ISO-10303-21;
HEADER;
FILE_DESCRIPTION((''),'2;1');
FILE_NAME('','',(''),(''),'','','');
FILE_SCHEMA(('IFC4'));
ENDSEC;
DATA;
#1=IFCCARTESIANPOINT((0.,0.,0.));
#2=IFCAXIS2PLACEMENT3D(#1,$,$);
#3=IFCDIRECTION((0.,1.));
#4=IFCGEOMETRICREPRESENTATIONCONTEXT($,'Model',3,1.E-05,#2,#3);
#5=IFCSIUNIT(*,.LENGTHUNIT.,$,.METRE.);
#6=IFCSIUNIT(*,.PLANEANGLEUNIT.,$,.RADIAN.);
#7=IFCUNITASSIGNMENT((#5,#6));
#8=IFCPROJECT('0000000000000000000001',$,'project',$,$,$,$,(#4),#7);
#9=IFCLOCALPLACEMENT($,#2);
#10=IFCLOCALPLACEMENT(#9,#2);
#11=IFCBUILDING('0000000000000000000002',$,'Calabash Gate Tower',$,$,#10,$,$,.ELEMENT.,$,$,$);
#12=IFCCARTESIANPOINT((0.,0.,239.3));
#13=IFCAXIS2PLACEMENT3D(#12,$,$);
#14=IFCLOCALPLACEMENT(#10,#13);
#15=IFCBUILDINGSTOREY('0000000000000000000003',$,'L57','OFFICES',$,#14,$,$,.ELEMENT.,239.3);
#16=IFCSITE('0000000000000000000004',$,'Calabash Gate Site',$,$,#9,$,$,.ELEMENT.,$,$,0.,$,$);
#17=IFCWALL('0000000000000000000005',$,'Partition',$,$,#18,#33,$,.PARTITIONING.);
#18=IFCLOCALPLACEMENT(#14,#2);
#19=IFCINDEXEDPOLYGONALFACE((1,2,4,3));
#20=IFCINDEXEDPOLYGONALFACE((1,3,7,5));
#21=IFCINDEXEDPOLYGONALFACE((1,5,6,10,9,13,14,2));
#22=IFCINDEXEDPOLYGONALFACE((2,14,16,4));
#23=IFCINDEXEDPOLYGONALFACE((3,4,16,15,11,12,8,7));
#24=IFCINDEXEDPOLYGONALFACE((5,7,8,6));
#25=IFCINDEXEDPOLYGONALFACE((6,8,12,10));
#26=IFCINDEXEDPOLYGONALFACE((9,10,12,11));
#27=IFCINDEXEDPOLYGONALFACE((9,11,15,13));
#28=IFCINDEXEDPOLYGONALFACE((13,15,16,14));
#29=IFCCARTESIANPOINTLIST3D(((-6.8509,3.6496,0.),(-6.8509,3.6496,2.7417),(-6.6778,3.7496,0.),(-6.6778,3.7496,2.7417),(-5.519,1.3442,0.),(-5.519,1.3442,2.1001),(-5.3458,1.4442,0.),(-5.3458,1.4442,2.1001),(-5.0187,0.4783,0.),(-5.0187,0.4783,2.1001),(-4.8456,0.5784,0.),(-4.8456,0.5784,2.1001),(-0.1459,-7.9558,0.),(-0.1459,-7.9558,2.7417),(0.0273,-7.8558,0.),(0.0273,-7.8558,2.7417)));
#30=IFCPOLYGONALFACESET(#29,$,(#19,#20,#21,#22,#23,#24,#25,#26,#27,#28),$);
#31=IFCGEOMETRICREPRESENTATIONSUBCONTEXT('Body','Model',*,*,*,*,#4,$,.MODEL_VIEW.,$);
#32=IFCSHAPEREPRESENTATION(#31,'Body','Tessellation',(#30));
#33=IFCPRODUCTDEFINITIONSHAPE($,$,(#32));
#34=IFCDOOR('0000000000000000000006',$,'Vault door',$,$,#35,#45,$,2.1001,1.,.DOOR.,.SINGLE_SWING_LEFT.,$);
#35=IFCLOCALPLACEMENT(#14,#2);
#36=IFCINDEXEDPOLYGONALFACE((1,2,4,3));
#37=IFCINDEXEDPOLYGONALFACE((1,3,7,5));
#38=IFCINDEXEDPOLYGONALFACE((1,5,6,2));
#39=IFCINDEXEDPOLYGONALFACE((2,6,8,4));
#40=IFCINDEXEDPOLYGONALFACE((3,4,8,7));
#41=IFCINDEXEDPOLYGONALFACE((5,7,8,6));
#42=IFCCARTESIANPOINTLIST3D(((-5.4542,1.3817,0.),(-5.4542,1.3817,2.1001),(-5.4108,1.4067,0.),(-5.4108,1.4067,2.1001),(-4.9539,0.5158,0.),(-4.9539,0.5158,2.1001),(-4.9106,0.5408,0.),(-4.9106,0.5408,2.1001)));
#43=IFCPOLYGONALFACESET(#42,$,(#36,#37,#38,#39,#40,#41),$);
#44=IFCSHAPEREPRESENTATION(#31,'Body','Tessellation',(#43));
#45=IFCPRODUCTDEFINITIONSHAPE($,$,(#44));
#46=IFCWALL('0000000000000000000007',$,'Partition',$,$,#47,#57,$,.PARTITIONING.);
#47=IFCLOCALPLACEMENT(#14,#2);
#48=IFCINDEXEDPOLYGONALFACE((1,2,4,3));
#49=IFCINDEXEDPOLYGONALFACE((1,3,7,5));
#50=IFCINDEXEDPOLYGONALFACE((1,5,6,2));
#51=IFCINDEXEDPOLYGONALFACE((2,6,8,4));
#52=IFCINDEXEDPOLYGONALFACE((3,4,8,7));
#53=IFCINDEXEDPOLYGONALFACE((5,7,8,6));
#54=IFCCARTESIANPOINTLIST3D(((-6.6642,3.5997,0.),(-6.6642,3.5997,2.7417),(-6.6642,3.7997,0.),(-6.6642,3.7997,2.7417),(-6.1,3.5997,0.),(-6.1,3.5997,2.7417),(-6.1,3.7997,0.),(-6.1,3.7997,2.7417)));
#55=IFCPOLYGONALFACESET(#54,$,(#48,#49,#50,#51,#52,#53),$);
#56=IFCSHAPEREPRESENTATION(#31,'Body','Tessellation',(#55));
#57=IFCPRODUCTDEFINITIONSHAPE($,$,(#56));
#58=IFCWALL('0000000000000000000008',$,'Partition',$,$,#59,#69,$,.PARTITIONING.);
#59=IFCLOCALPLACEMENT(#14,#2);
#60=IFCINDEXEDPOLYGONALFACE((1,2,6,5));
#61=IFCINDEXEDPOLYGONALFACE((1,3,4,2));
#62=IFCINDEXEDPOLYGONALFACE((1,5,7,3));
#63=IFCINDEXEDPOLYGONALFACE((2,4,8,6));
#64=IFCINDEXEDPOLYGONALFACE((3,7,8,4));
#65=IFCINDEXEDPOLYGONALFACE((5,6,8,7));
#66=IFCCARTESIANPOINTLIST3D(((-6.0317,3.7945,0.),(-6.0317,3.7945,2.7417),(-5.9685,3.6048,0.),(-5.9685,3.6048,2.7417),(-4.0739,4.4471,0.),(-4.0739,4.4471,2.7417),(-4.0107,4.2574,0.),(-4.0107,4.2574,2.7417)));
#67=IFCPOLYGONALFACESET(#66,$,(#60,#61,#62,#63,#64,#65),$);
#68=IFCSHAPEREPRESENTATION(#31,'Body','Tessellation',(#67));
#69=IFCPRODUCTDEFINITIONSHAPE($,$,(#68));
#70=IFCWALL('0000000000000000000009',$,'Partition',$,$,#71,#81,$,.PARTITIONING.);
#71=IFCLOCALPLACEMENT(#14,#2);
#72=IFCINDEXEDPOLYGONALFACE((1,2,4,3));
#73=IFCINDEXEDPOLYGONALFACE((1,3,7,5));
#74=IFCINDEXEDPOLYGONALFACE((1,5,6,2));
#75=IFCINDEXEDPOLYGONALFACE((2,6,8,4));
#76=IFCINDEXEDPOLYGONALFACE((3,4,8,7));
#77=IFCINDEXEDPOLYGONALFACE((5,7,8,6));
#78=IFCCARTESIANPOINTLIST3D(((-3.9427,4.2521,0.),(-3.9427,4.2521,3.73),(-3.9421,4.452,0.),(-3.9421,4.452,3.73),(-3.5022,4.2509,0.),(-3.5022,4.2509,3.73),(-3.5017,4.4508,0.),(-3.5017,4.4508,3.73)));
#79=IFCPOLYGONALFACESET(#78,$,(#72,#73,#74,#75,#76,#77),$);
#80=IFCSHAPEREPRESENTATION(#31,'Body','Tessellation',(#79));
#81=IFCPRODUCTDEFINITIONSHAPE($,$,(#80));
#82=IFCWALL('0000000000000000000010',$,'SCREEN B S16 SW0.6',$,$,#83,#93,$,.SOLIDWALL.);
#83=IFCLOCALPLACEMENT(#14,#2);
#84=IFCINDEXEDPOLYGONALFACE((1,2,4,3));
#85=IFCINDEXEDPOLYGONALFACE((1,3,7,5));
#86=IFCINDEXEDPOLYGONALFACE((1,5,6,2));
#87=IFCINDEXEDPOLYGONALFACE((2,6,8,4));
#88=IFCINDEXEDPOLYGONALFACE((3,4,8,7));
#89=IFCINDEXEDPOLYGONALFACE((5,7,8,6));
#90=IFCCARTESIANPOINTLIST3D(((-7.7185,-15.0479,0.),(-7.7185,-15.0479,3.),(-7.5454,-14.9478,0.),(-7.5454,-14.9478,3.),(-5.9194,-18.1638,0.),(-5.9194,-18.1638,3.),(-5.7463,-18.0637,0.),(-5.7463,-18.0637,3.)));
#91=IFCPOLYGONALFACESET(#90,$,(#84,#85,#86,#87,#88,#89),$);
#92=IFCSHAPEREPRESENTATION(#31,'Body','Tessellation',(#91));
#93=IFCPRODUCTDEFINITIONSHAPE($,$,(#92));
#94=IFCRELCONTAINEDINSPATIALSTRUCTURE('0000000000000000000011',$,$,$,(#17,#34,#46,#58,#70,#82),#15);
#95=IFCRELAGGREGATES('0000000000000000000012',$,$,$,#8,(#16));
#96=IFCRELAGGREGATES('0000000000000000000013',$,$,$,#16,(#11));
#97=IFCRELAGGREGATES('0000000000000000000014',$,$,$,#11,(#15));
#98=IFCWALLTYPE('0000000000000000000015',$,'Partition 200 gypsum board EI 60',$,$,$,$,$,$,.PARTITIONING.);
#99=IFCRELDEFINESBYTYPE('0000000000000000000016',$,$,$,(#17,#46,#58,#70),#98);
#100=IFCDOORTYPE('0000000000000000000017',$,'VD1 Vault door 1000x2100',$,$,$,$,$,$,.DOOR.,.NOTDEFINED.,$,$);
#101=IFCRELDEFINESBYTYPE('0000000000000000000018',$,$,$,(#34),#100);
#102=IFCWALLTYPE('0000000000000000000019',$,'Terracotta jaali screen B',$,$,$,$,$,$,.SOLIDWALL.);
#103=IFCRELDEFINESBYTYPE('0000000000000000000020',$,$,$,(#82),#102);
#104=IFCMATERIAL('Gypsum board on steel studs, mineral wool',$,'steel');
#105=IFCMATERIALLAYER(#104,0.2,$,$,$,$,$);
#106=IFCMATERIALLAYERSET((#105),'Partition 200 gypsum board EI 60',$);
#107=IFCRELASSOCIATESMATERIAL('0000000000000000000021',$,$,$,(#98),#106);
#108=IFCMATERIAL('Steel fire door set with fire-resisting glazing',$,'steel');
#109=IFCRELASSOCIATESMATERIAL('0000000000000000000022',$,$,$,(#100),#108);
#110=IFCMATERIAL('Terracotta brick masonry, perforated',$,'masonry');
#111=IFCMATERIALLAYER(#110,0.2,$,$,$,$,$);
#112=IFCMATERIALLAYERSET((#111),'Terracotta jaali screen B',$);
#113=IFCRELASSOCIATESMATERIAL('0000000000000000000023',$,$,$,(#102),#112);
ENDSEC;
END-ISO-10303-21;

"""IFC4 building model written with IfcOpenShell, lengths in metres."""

from ifc_helpers import new_model, si_unit, direction, frame, frame_2d, origin, place, context, subcontext, project, spatial, polyline, rectangle, outline, extrude, material, layer, layer_set, type_object, element, fill, save


model = new_model("IFC4")

# Units and contexts
model_context = context("Model", 3, precision=1e-05, world=origin(), true_north=direction((0.0, 1.0)))
body_context = subcontext(model_context, "Body", "Model", "MODEL_VIEW")
ifc_project = project(units=[si_unit("LENGTHUNIT", "METRE"), si_unit("PLANEANGLEUNIT", "RADIAN")], contexts=[model_context])

# Site, building, storey
site_placement = place(None, origin())
site = spatial("IfcSite", under=ifc_project, at=site_placement, Name="Calabash Gate Site", CompositionType="ELEMENT", RefElevation=0.0)
building_placement = place(site_placement, origin())
building = spatial("IfcBuilding", under=site, at=building_placement, Name="Calabash Gate Tower", CompositionType="ELEMENT")
storey_placement = place(building_placement, frame((0.0, 0.0, 239.3)))
storey = spatial("IfcBuildingStorey", under=building, at=storey_placement, Name="L57", Description="OFFICES", CompositionType="ELEMENT", Elevation=239.3)

# Shared definitions
ifc_material_1 = material(Name="Gypsum board on steel studs, mineral wool", Category="steel")
ifc_layer_1 = layer(ifc_material_1, 0.2)
ifc_layer_set_1 = layer_set([ifc_layer_1], Name="Partition 200 gypsum board EI 60")
wall_type_1 = type_object("IfcWallType", Name="Partition 200 gypsum board EI 60", PredefinedType="PARTITIONING", material=ifc_layer_set_1)

# Wall, opening, door
wall_1_placement = place(storey_placement, frame((-6.7644, 3.6997, 0.0), z_axis=(0.0, 0.0, 1.0), x_axis=(0.500261, -0.865875, 0.0)))
wall_1 = element("IfcWall", 1, at=wall_1_placement, inside=storey, type_object=wall_type_1, Name="Partition", PredefinedType="PARTITIONING", context=body_context, shape_type="SweptSolid", body=[
    extrude(rectangle(XDim=13.4031, YDim=0.2, at=frame_2d((6.7017, 0.0))), origin(), (0.0, 0.0, 1.0), 2.7417),
])
opening_1_placement = place(wall_1_placement, frame((2.6626, 0.0, 0.0)))
opening_1 = element("IfcOpeningElement", 2, at=opening_1_placement, cuts=wall_1, PredefinedType="OPENING", context=body_context, shape_type="SweptSolid", body=[
    extrude(rectangle(XDim=1.0, YDim=2.1001, at=frame_2d((0.5, 1.05))), frame((0.0, 0.1099, 0.0), z_axis=(0.0, -1.0, 0.0), x_axis=(1.0, 0.0, 0.0)), (0.0, 0.0, 1.0), 0.22),
])
ifc_material_2 = material(Name="Steel fire door set with fire-resisting glazing", Category="steel")
door_type_1 = type_object("IfcDoorType", Name="VD1 Vault door 1000x2100", OperationType="NOTDEFINED", PredefinedType="DOOR", material=ifc_material_2)
door_1_placement = place(opening_1_placement, origin())
door_1 = element("IfcDoor", 3, at=door_1_placement, inside=storey, type_object=door_type_1, Name="Vault door", OperationType="SINGLE_SWING_LEFT", OverallHeight=2.1001, OverallWidth=1.0, PredefinedType="DOOR", context=body_context, shape_type="SweptSolid", body=[
    extrude(rectangle(XDim=1.0, YDim=2.1001, at=frame_2d((0.5, 1.05))), frame((0.0, 0.0249, 0.0), z_axis=(0.0, -1.0, 0.0), x_axis=(1.0, 0.0, 0.0)), (0.0, 0.0, 1.0), 0.05),
])
fill(opening_1, door_1)

# Walls
wall_2_placement = place(storey_placement, frame((-6.6643, 3.6997, 0.0), z_axis=(0.0, 0.0, 1.0), x_axis=(1.0, 0.0, 0.0)))
element("IfcWall", 4, at=wall_2_placement, inside=storey, type_object=wall_type_1, Name="Partition", PredefinedType="PARTITIONING", context=body_context, shape_type="SweptSolid", body=[
    extrude(rectangle(XDim=0.5642, YDim=0.2, at=frame_2d((0.2822, 0.0))), origin(), (0.0, 0.0, 1.0), 2.7417),
])
wall_3_placement = place(storey_placement, frame((-6.0, 3.6997, 0.0), z_axis=(0.0, 0.0, 1.0), x_axis=(0.948683, 0.316228, 0.0)))
element("IfcWall", 5, at=wall_3_placement, inside=storey, type_object=wall_type_1, Name="Partition", PredefinedType="PARTITIONING", context=body_context, shape_type="SweptSolid", body=[
    extrude(rectangle(XDim=2.0637, YDim=0.2, at=frame_2d((1.0317, 0.0))), origin(), (0.0, 0.0, 1.0), 2.7417),
])
wall_4_placement = place(storey_placement, frame((-3.9424, 4.3521, 0.0), z_axis=(0.0, 0.0, 1.0), x_axis=(0.999996, -0.002772, 0.0)))
element("IfcWall", 6, at=wall_4_placement, inside=storey, type_object=wall_type_1, Name="Partition", PredefinedType="PARTITIONING", context=body_context, shape_type="SweptSolid", body=[
    extrude(rectangle(XDim=0.4404, YDim=0.2, at=frame_2d((0.2202, 0.0))), origin(), (0.0, 0.0, 1.0), 3.73),
])
ifc_material_3 = material(Name="Terracotta brick masonry, perforated", Category="masonry")
ifc_layer_2 = layer(ifc_material_3, 0.2)
ifc_layer_set_2 = layer_set([ifc_layer_2], Name="Terracotta jaali screen B")
wall_type_2 = type_object("IfcWallType", Name="Terracotta jaali screen B", PredefinedType="SOLIDWALL", material=ifc_layer_set_2)
wall_5_placement = place(storey_placement, origin())
element("IfcWall", 7, at=wall_5_placement, inside=storey, type_object=wall_type_2, Name="SCREEN B S16 SW0.6", PredefinedType="SOLIDWALL", context=body_context, shape_type="SweptSolid", body=[
    extrude(outline(polyline([(-7.7185, -15.0479), (-5.9194, -18.1638), (-5.7463, -18.0637), (-7.5454, -14.9478), (-7.7185, -15.0479)])), origin(), (0.0, 0.0, 1.0), 3.0),
])

save(model, "model.ifc")
